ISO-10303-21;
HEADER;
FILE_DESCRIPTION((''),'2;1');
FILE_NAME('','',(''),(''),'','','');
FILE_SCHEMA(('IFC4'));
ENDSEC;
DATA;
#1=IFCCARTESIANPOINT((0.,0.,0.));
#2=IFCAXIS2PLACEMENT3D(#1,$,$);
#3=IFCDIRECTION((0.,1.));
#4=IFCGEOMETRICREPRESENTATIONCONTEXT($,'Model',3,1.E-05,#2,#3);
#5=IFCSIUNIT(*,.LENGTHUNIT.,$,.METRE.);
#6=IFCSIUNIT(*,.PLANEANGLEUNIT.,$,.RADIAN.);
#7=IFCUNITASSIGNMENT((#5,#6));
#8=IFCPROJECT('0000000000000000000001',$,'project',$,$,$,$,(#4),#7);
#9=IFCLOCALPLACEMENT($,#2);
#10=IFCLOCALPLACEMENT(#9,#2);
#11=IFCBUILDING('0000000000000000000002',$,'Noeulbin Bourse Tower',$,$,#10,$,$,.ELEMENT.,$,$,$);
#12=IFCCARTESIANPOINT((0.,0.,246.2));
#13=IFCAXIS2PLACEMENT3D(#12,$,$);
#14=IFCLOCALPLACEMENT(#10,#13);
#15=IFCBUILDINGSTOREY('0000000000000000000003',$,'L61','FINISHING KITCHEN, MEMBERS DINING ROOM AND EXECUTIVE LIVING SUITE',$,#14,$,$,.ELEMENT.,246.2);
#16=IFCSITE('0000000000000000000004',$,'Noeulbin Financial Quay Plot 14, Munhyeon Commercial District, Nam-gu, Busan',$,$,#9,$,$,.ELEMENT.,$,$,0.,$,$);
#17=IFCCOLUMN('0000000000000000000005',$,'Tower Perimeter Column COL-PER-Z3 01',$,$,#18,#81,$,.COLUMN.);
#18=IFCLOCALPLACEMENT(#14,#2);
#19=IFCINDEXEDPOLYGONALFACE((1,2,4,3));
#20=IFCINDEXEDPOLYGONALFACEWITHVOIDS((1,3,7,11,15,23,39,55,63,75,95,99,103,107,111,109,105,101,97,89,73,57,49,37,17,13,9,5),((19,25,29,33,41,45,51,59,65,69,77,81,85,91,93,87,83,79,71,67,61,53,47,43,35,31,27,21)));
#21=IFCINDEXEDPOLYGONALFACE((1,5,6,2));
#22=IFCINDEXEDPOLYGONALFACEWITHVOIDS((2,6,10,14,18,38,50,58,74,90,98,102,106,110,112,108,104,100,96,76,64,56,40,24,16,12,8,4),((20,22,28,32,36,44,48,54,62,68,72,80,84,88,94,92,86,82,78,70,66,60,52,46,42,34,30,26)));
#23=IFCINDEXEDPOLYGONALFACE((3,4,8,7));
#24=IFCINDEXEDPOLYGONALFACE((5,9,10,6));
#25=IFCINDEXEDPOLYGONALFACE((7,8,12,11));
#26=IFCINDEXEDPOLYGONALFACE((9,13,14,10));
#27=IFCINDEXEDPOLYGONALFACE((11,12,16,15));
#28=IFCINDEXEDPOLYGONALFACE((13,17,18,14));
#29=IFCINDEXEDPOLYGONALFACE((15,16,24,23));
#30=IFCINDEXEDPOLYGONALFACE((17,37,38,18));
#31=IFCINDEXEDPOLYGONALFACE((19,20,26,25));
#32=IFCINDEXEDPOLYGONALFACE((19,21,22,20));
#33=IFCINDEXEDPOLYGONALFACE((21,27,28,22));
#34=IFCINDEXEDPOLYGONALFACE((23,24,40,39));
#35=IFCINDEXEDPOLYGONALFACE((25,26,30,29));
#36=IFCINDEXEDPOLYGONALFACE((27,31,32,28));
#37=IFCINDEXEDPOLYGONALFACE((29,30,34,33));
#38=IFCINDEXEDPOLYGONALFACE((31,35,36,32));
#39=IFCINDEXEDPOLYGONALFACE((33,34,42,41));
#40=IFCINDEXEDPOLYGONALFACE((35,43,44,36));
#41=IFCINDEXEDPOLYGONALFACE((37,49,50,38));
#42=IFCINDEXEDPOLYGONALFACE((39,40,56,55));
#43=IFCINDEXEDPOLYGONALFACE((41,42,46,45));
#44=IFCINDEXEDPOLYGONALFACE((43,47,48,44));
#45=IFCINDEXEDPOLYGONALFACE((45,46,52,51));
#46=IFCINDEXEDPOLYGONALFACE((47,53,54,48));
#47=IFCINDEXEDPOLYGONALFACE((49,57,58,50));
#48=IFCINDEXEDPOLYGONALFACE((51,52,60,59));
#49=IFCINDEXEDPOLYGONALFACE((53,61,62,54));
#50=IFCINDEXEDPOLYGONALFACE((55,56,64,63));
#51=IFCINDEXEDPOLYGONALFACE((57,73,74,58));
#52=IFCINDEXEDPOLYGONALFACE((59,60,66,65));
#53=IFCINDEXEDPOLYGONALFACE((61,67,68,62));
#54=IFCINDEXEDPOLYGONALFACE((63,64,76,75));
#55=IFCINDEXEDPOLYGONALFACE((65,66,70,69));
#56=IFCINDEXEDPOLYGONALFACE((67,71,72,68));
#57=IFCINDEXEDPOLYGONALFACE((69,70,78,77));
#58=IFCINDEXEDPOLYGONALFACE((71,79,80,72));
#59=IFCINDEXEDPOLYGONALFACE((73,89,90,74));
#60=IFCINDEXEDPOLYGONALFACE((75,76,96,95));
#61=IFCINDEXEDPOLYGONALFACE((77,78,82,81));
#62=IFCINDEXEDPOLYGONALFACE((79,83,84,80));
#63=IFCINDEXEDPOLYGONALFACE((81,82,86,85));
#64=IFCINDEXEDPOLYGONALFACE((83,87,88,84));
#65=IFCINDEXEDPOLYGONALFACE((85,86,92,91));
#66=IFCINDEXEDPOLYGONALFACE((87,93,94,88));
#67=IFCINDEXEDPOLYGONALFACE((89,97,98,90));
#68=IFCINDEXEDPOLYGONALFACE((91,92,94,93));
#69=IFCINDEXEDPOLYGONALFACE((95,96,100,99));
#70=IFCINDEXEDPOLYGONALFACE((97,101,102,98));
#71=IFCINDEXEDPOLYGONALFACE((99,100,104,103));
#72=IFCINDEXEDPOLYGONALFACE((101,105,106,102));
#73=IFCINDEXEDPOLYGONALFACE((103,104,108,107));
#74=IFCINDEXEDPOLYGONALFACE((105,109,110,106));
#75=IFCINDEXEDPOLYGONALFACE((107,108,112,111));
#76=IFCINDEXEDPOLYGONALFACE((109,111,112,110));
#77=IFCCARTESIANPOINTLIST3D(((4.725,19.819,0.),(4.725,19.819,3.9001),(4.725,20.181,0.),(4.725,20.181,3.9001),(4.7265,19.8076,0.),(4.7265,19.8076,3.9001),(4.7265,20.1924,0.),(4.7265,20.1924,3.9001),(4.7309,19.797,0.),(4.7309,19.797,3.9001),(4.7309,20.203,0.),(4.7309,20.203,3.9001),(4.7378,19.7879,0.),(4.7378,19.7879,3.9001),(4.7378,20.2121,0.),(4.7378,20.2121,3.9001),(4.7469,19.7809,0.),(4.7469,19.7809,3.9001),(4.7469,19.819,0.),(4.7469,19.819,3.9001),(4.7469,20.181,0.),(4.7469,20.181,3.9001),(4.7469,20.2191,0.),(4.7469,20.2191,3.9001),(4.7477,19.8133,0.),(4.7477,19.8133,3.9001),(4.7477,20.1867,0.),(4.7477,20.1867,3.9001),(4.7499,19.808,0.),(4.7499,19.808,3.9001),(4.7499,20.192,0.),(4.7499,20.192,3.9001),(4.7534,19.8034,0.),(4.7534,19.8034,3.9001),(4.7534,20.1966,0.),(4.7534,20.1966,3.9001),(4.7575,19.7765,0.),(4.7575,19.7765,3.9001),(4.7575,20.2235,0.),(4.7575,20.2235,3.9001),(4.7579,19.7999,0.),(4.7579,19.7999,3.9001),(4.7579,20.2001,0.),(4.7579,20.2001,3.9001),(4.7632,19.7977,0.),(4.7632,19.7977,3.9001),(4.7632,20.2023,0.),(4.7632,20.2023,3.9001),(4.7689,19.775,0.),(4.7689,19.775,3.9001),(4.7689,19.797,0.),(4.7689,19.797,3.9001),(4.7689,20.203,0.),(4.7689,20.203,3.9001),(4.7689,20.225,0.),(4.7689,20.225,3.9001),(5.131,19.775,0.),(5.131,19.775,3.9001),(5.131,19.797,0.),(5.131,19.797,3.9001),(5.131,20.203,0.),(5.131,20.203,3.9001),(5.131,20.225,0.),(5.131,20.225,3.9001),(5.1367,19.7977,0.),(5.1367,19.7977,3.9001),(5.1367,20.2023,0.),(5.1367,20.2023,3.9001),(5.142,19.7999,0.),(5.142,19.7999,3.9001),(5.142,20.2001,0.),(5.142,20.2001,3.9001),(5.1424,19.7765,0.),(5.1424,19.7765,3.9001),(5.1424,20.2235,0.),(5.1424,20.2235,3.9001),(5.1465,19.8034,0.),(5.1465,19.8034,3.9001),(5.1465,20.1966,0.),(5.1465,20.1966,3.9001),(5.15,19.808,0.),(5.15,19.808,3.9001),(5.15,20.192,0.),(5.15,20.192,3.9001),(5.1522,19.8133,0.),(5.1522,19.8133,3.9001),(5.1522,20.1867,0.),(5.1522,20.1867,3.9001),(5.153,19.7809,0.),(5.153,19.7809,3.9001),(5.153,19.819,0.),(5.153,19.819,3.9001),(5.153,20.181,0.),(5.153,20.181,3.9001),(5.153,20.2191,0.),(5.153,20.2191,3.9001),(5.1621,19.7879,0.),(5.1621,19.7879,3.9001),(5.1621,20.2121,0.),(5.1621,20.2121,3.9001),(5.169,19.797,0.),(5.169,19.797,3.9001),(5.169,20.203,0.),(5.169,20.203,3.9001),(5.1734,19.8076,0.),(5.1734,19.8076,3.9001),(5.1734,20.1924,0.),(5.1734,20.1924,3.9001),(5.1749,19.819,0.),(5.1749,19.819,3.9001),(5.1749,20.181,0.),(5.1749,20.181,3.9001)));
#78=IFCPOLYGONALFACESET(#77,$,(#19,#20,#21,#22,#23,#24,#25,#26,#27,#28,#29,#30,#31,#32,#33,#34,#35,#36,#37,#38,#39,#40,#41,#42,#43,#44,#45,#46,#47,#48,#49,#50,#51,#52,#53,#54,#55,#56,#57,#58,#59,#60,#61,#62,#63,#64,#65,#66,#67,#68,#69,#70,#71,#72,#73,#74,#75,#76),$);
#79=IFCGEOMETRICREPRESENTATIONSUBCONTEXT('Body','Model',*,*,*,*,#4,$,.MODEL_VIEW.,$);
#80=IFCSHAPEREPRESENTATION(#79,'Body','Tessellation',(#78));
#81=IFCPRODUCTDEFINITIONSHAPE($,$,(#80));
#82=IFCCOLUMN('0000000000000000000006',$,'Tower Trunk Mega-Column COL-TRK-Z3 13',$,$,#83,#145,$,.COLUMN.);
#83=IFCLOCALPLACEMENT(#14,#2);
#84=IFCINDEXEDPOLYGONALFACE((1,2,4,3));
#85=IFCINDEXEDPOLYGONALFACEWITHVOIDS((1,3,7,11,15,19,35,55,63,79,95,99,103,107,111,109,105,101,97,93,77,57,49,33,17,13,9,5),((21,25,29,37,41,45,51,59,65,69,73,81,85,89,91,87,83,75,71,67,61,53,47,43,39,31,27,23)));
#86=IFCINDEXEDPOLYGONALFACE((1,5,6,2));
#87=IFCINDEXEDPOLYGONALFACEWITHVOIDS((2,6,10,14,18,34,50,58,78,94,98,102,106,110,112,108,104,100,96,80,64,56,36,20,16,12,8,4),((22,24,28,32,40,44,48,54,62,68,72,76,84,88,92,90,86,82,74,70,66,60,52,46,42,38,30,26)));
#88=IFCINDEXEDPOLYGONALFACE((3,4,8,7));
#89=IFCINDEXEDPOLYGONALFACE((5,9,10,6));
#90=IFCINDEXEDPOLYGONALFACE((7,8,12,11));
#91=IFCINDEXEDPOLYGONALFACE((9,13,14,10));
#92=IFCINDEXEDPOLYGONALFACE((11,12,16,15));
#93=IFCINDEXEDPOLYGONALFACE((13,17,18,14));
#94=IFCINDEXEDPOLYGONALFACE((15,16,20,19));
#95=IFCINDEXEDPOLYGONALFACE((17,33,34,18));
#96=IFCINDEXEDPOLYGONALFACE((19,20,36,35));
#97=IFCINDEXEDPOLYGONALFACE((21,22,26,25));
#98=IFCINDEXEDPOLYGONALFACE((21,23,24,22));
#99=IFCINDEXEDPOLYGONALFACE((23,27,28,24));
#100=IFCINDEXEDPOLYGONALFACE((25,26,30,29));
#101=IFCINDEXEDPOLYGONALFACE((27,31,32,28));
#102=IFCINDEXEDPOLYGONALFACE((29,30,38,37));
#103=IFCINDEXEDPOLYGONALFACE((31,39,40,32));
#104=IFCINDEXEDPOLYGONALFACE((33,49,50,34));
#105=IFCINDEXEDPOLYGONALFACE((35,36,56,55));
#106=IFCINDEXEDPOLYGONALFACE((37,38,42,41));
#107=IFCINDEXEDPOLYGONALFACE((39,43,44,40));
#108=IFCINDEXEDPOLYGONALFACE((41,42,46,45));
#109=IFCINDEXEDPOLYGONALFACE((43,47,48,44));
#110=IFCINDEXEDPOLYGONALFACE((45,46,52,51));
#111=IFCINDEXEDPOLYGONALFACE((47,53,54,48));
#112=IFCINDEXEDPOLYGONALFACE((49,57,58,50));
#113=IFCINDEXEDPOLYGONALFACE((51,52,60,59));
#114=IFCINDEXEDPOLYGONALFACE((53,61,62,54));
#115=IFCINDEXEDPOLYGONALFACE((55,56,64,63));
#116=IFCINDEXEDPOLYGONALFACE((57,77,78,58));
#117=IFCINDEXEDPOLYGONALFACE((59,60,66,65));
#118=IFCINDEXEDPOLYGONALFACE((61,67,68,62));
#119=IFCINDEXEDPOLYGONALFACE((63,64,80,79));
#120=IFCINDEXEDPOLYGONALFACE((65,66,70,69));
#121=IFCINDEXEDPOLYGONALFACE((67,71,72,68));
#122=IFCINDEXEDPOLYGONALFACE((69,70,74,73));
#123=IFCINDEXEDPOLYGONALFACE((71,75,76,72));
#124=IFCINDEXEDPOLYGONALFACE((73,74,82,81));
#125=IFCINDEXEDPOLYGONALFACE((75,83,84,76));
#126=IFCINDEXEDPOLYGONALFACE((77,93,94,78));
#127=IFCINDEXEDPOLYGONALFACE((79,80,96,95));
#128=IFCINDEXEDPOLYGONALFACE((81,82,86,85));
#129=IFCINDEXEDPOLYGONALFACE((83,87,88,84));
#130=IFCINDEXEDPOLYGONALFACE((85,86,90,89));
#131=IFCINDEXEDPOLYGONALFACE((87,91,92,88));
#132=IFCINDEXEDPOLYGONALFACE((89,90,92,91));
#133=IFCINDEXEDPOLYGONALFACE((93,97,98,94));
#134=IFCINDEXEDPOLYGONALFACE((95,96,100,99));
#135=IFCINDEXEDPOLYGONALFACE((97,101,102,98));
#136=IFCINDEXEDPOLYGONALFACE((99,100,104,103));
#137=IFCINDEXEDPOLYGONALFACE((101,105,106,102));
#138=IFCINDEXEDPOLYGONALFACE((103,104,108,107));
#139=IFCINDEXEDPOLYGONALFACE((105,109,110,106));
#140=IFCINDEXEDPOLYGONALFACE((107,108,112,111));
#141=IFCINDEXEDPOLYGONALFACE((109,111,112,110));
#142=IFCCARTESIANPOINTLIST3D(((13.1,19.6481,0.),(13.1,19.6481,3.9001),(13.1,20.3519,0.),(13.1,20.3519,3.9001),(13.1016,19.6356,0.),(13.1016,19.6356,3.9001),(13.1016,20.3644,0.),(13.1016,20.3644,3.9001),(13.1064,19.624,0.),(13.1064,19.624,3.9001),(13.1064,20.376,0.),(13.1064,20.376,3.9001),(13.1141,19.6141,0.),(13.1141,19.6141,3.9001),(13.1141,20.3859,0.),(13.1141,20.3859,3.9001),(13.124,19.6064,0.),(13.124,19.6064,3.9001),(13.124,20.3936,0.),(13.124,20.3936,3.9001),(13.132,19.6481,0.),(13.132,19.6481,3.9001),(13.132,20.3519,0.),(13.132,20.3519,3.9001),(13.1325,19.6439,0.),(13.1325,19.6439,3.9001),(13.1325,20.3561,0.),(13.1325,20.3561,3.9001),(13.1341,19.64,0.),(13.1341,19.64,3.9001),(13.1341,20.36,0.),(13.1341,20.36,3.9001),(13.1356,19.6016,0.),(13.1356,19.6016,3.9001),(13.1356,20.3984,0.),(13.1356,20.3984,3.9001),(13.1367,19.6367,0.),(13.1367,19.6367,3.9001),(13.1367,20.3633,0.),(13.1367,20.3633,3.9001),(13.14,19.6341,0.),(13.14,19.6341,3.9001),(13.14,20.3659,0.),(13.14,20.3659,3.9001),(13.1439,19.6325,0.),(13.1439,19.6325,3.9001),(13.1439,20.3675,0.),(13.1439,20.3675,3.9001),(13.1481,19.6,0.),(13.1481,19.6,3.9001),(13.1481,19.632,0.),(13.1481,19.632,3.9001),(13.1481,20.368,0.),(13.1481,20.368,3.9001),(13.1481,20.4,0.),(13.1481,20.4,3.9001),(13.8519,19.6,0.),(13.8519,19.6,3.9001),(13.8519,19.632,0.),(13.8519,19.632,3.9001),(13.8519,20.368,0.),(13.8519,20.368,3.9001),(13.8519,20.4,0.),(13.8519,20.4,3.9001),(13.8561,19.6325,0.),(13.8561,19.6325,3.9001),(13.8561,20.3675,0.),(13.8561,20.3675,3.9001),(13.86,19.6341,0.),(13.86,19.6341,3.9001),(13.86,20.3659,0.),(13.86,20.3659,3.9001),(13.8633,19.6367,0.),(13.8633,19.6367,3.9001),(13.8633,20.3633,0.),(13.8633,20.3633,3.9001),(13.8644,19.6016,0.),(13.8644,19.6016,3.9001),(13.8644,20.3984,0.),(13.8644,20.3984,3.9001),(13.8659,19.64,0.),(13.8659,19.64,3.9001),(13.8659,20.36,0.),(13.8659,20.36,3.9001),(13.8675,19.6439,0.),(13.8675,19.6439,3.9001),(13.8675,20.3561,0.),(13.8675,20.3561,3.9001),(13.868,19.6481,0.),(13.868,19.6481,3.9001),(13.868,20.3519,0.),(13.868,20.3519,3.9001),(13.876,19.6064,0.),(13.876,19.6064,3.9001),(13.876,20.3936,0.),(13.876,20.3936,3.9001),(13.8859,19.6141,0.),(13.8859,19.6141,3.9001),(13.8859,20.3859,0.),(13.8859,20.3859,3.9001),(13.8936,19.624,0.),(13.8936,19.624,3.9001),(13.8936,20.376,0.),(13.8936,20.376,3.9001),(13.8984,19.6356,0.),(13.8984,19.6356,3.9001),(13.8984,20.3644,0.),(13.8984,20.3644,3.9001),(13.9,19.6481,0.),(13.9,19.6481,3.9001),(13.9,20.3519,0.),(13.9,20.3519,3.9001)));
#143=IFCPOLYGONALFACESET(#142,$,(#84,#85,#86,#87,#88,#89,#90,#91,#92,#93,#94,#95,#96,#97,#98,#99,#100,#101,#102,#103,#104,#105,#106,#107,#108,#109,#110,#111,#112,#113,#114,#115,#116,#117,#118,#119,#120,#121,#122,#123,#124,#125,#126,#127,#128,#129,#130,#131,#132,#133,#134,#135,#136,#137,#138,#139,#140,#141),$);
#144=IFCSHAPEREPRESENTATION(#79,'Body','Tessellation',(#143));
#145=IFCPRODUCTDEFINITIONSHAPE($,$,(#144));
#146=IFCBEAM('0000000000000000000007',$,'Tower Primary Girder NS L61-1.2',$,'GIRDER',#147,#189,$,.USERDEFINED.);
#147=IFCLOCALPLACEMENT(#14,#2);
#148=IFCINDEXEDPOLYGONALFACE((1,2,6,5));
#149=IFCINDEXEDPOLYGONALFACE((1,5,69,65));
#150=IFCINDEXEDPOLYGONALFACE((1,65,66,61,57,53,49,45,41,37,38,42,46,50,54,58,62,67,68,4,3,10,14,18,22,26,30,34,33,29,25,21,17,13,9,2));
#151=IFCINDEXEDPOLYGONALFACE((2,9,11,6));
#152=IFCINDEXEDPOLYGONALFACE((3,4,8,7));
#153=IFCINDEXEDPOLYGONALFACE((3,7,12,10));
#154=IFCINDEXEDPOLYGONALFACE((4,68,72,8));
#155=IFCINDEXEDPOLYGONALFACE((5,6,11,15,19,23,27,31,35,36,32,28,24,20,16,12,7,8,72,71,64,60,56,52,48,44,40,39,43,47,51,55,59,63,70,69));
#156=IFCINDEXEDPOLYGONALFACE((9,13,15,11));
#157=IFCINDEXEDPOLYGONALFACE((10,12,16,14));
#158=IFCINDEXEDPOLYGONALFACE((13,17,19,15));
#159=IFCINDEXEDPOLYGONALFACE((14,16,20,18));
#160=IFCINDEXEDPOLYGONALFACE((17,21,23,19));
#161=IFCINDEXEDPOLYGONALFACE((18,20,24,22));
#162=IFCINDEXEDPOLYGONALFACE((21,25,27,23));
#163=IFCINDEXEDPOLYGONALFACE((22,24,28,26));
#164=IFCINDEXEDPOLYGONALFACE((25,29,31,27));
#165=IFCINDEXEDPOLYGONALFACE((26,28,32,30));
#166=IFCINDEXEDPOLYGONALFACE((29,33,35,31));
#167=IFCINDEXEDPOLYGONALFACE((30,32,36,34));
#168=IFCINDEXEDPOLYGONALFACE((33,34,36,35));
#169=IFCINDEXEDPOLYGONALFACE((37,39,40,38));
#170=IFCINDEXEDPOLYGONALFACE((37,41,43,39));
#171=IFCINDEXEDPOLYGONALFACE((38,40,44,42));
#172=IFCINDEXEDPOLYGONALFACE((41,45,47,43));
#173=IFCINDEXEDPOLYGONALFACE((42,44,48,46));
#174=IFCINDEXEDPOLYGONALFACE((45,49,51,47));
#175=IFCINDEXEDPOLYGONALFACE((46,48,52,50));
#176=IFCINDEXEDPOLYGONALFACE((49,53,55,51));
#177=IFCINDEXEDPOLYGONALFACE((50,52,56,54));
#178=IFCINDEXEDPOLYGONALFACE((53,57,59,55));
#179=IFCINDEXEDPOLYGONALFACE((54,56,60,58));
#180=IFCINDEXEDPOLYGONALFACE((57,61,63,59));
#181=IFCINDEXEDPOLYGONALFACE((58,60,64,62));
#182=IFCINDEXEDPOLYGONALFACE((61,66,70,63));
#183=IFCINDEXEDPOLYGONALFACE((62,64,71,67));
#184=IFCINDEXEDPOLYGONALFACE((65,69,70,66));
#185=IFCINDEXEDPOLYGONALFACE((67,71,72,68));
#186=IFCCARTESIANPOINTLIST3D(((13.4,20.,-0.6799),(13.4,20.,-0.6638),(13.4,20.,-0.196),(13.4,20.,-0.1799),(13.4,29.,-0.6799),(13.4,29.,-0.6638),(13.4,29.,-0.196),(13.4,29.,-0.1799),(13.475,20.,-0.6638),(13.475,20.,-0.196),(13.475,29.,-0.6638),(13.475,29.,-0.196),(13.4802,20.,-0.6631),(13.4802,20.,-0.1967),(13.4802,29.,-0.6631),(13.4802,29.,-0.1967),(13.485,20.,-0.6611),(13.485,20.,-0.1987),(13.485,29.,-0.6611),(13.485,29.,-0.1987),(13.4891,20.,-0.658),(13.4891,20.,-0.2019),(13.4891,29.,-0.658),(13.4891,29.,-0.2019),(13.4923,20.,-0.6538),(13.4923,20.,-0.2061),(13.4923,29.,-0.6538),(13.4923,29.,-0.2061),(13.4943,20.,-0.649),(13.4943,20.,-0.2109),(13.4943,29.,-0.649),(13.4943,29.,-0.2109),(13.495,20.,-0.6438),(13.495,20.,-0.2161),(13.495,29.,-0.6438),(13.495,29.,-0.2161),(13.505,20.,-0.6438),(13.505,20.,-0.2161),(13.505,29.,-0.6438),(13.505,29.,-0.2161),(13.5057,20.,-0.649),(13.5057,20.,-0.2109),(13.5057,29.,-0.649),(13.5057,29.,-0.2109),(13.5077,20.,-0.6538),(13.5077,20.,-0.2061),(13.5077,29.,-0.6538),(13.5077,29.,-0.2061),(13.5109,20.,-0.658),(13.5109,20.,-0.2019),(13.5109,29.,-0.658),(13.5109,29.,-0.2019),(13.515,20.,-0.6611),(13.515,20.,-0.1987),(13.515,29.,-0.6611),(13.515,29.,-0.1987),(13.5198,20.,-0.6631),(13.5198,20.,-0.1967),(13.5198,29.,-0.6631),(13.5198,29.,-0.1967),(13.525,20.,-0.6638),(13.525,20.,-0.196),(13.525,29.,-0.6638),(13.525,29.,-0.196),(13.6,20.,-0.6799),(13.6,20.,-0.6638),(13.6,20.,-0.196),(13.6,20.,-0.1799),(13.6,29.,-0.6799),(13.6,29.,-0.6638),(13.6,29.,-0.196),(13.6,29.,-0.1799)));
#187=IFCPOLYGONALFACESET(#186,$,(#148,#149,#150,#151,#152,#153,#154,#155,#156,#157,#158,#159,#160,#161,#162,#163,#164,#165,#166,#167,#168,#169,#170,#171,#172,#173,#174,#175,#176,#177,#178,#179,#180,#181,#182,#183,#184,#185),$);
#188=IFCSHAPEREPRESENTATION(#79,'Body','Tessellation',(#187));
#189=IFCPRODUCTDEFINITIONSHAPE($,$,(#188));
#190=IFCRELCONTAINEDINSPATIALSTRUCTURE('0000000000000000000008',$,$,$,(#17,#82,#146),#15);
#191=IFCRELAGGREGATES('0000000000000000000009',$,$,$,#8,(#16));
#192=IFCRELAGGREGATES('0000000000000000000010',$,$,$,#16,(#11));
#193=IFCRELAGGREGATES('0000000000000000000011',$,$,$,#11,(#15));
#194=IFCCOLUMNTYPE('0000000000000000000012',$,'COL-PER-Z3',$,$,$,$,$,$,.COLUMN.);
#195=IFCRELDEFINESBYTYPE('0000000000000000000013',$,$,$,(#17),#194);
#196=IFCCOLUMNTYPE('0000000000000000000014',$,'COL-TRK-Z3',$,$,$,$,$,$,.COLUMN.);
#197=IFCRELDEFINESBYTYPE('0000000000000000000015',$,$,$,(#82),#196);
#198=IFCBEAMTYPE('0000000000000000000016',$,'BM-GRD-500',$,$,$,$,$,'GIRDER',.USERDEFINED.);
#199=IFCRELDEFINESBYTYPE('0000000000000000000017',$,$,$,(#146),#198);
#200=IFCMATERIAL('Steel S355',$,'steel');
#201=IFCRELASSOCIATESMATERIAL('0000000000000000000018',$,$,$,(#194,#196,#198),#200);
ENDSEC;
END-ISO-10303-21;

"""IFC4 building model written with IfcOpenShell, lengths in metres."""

from ifc_helpers import new_model, si_unit, direction, frame, origin, origin_2d, place, context, subcontext, project, spatial, hollow_rectangle, i_section, extrude, material, material_profile, profile_set, type_object, element, save


model = new_model("IFC4")

# Units and contexts
model_context = context("Model", 3, precision=1e-05, world=origin(), true_north=direction((0.0, 1.0)))
body_context = subcontext(model_context, "Body", "Model", "MODEL_VIEW")
ifc_project = project(units=[si_unit("LENGTHUNIT", "METRE"), si_unit("PLANEANGLEUNIT", "RADIAN")], contexts=[model_context])

# Site, building, storey
site_placement = place(None, origin())
site = spatial("IfcSite", under=ifc_project, at=site_placement, Name="Noeulbin Financial Quay Plot 14, Munhyeon Commercial District, Nam-gu, Busan", CompositionType="ELEMENT", RefElevation=0.0)
building_placement = place(site_placement, origin())
building = spatial("IfcBuilding", under=site, at=building_placement, Name="Noeulbin Bourse Tower", CompositionType="ELEMENT")
storey_placement = place(building_placement, frame((0.0, 0.0, 246.2)))
storey = spatial("IfcBuildingStorey", under=building, at=storey_placement, Name="L61", Description="FINISHING KITCHEN, MEMBERS DINING ROOM AND EXECUTIVE LIVING SUITE", CompositionType="ELEMENT", Elevation=246.2)

# Columns
ifc_material_1 = material(Name="Steel S355", Category="steel")
ifc_material_profile_1 = material_profile(ifc_material_1, hollow_rectangle(XDim=0.45, YDim=0.45, WallThickness=0.022, InnerFilletRadius=0.022, OuterFilletRadius=0.0439, at=origin_2d()), Name="SHS-450x450x22", Category="LoadBearing")
ifc_profile_set_1 = profile_set([ifc_material_profile_1], Name="Steel S355")
column_type_1 = type_object("IfcColumnType", Name="COL-PER-Z3", PredefinedType="COLUMN", material=ifc_profile_set_1)
column_1_placement = place(storey_placement, frame((4.95, 20.0, 0.0), z_axis=(0.0, 0.0, 1.0), x_axis=(1.0, 0.0, 0.0)))
element("IfcColumn", 1, at=column_1_placement, inside=storey, type_object=column_type_1, Name="Tower Perimeter Column COL-PER-Z3 01", PredefinedType="COLUMN", context=body_context, shape_type="SweptSolid", body=[
    extrude(hollow_rectangle(XDim=0.45, YDim=0.45, WallThickness=0.022, InnerFilletRadius=0.022, OuterFilletRadius=0.0439, at=origin_2d()), origin(), (0.0, 0.0, 1.0), 3.9001),
])
ifc_material_profile_2 = material_profile(ifc_material_1, hollow_rectangle(XDim=0.8, YDim=0.8, WallThickness=0.032, InnerFilletRadius=0.0161, OuterFilletRadius=0.0481, at=origin_2d()), Name="BOX-800x800x32", Category="LoadBearing")
ifc_profile_set_2 = profile_set([ifc_material_profile_2], Name="Steel S355")
column_type_2 = type_object("IfcColumnType", Name="COL-TRK-Z3", PredefinedType="COLUMN", material=ifc_profile_set_2)
column_2_placement = place(storey_placement, frame((13.5, 20.0, 0.0), z_axis=(0.0, 0.0, 1.0), x_axis=(1.0, 0.0, 0.0)))
element("IfcColumn", 2, at=column_2_placement, inside=storey, type_object=column_type_2, Name="Tower Trunk Mega-Column COL-TRK-Z3 13", PredefinedType="COLUMN", context=body_context, shape_type="SweptSolid", body=[
    extrude(hollow_rectangle(XDim=0.8, YDim=0.8, WallThickness=0.032, InnerFilletRadius=0.0161, OuterFilletRadius=0.0481, at=origin_2d()), origin(), (0.0, 0.0, 1.0), 3.9001),
])

# Beam
ifc_material_profile_3 = material_profile(ifc_material_1, i_section(OverallWidth=0.2, OverallDepth=0.5, WebThickness=0.01, FlangeThickness=0.0161, FilletRadius=0.02, at=origin_2d()), Name="H-500x200x10x16", Category="LoadBearing")
ifc_profile_set_3 = profile_set([ifc_material_profile_3], Name="Steel S355")
beam_type_1 = type_object("IfcBeamType", Name="BM-GRD-500", ElementType="GIRDER", PredefinedType="USERDEFINED", material=ifc_profile_set_3)
beam_1_placement = place(storey_placement, frame((13.5, 20.0, -0.4299), z_axis=(0.0, 1.0, 0.0), x_axis=(-1.0, 0.0, 0.0)))
element("IfcBeam", 3, at=beam_1_placement, inside=storey, type_object=beam_type_1, Name="Tower Primary Girder NS L61-1.2", ObjectType="GIRDER", PredefinedType="USERDEFINED", context=body_context, shape_type="SweptSolid", body=[
    extrude(i_section(OverallWidth=0.2, OverallDepth=0.5, WebThickness=0.01, FlangeThickness=0.0161, FilletRadius=0.02, at=origin_2d()), origin(), (0.0, 0.0, 1.0), 9.0),
])

save(model, "model.ifc")
